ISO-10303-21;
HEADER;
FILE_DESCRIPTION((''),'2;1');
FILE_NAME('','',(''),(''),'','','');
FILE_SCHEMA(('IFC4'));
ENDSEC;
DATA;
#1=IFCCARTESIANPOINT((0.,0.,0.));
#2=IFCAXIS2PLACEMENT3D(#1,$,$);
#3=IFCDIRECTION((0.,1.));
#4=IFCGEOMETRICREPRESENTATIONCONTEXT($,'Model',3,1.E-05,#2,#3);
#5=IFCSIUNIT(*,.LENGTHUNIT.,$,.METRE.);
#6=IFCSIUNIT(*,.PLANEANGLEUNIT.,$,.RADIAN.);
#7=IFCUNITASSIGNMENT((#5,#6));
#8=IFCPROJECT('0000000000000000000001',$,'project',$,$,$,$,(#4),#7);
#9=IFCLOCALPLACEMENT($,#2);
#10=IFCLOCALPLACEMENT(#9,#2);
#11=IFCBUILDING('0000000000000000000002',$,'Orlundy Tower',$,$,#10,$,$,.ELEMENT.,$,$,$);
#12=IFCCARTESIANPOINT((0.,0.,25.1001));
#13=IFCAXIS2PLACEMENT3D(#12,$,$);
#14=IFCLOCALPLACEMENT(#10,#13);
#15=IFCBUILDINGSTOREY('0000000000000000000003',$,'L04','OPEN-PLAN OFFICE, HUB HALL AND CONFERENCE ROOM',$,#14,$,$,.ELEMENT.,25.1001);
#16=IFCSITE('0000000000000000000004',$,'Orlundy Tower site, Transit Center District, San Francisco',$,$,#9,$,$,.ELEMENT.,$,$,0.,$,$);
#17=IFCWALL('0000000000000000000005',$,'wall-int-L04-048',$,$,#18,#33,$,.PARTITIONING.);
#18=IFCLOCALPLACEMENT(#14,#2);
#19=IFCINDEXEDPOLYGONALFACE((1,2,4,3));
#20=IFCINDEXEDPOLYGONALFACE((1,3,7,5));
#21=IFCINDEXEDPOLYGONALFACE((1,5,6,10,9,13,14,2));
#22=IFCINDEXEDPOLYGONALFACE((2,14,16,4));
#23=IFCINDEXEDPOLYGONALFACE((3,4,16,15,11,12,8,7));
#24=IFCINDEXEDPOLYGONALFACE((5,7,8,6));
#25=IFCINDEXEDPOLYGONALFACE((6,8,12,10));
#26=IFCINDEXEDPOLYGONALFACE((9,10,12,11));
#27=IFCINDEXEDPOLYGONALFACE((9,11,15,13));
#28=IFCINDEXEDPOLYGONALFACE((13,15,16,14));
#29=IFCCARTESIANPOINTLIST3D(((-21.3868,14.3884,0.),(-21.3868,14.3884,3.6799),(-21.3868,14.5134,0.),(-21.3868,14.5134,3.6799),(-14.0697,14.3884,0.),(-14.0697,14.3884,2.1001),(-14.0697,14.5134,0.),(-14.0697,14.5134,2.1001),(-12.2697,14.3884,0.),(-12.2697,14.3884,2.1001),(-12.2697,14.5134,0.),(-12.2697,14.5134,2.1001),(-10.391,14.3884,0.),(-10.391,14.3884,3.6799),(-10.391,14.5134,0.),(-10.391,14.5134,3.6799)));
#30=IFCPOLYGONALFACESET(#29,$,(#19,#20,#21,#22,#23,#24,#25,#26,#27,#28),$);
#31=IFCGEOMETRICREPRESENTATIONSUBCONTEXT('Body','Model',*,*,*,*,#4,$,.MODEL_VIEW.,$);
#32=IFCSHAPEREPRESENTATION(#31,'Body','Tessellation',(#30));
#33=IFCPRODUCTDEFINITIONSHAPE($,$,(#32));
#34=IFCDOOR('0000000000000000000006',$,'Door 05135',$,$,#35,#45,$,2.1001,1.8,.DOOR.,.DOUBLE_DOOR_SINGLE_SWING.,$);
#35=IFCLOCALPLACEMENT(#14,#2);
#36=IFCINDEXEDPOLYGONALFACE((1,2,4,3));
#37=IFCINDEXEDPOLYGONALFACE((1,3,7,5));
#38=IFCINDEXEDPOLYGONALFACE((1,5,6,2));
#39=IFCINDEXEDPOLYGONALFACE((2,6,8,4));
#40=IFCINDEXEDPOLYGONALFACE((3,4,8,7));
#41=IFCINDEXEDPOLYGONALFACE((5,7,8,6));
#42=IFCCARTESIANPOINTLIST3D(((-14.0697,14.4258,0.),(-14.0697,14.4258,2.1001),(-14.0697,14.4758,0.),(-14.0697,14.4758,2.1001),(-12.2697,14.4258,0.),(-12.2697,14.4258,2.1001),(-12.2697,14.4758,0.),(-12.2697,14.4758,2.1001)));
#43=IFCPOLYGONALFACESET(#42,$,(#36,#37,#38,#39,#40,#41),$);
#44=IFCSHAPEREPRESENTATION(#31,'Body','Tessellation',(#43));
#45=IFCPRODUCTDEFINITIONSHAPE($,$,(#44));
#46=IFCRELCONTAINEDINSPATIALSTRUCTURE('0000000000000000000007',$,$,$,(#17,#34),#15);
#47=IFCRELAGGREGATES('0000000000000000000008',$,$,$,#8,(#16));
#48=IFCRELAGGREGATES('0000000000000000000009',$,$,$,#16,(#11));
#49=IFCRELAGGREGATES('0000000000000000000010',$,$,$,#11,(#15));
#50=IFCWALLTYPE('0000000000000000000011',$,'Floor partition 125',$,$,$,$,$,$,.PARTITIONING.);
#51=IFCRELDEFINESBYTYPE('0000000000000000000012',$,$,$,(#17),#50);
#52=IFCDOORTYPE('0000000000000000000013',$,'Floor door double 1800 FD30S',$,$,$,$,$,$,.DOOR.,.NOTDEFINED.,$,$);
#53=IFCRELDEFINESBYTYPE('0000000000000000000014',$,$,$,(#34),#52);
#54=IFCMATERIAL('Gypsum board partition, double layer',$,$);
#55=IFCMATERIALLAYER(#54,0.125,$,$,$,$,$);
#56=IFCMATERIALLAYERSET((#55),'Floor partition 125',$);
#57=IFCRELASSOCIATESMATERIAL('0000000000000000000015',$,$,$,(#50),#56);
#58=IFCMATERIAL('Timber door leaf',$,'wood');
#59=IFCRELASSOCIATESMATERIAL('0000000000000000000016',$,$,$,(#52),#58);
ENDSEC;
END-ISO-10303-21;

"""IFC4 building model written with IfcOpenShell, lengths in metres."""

from ifc_helpers import new_model, si_unit, direction, frame, frame_2d, origin, place, context, subcontext, project, spatial, rectangle, extrude, material, layer, layer_set, type_object, element, fill, save


model = new_model("IFC4")

# Units and contexts
model_context = context("Model", 3, precision=1e-05, world=origin(), true_north=direction((0.0, 1.0)))
body_context = subcontext(model_context, "Body", "Model", "MODEL_VIEW")
ifc_project = project(units=[si_unit("LENGTHUNIT", "METRE"), si_unit("PLANEANGLEUNIT", "RADIAN")], contexts=[model_context])

# Site, building, storey
site_placement = place(None, origin())
site = spatial("IfcSite", under=ifc_project, at=site_placement, Name="Orlundy Tower site, Transit Center District, San Francisco", CompositionType="ELEMENT", RefElevation=0.0)
building_placement = place(site_placement, origin())
building = spatial("IfcBuilding", under=site, at=building_placement, Name="Orlundy Tower", CompositionType="ELEMENT")
storey_placement = place(building_placement, frame((0.0, 0.0, 25.1001)))
storey = spatial("IfcBuildingStorey", under=building, at=storey_placement, Name="L04", Description="OPEN-PLAN OFFICE, HUB HALL AND CONFERENCE ROOM", CompositionType="ELEMENT", Elevation=25.1001)

# Wall, opening, door
ifc_material_1 = material(Name="Gypsum board partition, double layer")
ifc_layer_1 = layer(ifc_material_1, 0.125)
ifc_layer_set_1 = layer_set([ifc_layer_1], Name="Floor partition 125")
wall_type_1 = type_object("IfcWallType", Name="Floor partition 125", PredefinedType="PARTITIONING", material=ifc_layer_set_1)
wall_1_placement = place(storey_placement, frame((-21.387, 14.4509, 0.0), z_axis=(0.0, 0.0, 1.0), x_axis=(1.0, 0.0, 0.0)))
wall_1 = element("IfcWall", 1, at=wall_1_placement, inside=storey, type_object=wall_type_1, Name="wall-int-L04-048", PredefinedType="PARTITIONING", context=body_context, shape_type="SweptSolid", body=[
    extrude(rectangle(XDim=10.9958, YDim=0.125, at=frame_2d((5.498, 0.0))), origin(), (0.0, 0.0, 1.0), 3.6799),
])
opening_placement = place(wall_1_placement, frame((7.3174, 0.0, 0.0)))
opening = element("IfcOpeningElement", 2, at=opening_placement, cuts=wall_1, PredefinedType="OPENING", context=body_context, shape_type="SweptSolid", body=[
    extrude(rectangle(XDim=1.8, YDim=2.1001, at=frame_2d((0.8999, 1.05))), frame((0.0, 0.0725, 0.0), z_axis=(0.0, -1.0, 0.0), x_axis=(1.0, 0.0, 0.0)), (0.0, 0.0, 1.0), 0.145),
])
ifc_material_2 = material(Name="Timber door leaf", Category="wood")
door_type = type_object("IfcDoorType", Name="Floor door double 1800 FD30S", OperationType="NOTDEFINED", PredefinedType="DOOR", material=ifc_material_2)
door_placement = place(opening_placement, origin())
door = element("IfcDoor", 3, at=door_placement, inside=storey, type_object=door_type, Name="Door 05135", OperationType="DOUBLE_DOOR_SINGLE_SWING", OverallHeight=2.1001, OverallWidth=1.8, PredefinedType="DOOR", context=body_context, shape_type="SweptSolid", body=[
    extrude(rectangle(XDim=1.8, YDim=2.1001, at=frame_2d((0.8999, 1.05))), frame((0.0, 0.0249, 0.0), z_axis=(0.0, -1.0, 0.0), x_axis=(1.0, 0.0, 0.0)), (0.0, 0.0, 1.0), 0.05),
])
fill(opening, door)

save(model, "model.ifc")
